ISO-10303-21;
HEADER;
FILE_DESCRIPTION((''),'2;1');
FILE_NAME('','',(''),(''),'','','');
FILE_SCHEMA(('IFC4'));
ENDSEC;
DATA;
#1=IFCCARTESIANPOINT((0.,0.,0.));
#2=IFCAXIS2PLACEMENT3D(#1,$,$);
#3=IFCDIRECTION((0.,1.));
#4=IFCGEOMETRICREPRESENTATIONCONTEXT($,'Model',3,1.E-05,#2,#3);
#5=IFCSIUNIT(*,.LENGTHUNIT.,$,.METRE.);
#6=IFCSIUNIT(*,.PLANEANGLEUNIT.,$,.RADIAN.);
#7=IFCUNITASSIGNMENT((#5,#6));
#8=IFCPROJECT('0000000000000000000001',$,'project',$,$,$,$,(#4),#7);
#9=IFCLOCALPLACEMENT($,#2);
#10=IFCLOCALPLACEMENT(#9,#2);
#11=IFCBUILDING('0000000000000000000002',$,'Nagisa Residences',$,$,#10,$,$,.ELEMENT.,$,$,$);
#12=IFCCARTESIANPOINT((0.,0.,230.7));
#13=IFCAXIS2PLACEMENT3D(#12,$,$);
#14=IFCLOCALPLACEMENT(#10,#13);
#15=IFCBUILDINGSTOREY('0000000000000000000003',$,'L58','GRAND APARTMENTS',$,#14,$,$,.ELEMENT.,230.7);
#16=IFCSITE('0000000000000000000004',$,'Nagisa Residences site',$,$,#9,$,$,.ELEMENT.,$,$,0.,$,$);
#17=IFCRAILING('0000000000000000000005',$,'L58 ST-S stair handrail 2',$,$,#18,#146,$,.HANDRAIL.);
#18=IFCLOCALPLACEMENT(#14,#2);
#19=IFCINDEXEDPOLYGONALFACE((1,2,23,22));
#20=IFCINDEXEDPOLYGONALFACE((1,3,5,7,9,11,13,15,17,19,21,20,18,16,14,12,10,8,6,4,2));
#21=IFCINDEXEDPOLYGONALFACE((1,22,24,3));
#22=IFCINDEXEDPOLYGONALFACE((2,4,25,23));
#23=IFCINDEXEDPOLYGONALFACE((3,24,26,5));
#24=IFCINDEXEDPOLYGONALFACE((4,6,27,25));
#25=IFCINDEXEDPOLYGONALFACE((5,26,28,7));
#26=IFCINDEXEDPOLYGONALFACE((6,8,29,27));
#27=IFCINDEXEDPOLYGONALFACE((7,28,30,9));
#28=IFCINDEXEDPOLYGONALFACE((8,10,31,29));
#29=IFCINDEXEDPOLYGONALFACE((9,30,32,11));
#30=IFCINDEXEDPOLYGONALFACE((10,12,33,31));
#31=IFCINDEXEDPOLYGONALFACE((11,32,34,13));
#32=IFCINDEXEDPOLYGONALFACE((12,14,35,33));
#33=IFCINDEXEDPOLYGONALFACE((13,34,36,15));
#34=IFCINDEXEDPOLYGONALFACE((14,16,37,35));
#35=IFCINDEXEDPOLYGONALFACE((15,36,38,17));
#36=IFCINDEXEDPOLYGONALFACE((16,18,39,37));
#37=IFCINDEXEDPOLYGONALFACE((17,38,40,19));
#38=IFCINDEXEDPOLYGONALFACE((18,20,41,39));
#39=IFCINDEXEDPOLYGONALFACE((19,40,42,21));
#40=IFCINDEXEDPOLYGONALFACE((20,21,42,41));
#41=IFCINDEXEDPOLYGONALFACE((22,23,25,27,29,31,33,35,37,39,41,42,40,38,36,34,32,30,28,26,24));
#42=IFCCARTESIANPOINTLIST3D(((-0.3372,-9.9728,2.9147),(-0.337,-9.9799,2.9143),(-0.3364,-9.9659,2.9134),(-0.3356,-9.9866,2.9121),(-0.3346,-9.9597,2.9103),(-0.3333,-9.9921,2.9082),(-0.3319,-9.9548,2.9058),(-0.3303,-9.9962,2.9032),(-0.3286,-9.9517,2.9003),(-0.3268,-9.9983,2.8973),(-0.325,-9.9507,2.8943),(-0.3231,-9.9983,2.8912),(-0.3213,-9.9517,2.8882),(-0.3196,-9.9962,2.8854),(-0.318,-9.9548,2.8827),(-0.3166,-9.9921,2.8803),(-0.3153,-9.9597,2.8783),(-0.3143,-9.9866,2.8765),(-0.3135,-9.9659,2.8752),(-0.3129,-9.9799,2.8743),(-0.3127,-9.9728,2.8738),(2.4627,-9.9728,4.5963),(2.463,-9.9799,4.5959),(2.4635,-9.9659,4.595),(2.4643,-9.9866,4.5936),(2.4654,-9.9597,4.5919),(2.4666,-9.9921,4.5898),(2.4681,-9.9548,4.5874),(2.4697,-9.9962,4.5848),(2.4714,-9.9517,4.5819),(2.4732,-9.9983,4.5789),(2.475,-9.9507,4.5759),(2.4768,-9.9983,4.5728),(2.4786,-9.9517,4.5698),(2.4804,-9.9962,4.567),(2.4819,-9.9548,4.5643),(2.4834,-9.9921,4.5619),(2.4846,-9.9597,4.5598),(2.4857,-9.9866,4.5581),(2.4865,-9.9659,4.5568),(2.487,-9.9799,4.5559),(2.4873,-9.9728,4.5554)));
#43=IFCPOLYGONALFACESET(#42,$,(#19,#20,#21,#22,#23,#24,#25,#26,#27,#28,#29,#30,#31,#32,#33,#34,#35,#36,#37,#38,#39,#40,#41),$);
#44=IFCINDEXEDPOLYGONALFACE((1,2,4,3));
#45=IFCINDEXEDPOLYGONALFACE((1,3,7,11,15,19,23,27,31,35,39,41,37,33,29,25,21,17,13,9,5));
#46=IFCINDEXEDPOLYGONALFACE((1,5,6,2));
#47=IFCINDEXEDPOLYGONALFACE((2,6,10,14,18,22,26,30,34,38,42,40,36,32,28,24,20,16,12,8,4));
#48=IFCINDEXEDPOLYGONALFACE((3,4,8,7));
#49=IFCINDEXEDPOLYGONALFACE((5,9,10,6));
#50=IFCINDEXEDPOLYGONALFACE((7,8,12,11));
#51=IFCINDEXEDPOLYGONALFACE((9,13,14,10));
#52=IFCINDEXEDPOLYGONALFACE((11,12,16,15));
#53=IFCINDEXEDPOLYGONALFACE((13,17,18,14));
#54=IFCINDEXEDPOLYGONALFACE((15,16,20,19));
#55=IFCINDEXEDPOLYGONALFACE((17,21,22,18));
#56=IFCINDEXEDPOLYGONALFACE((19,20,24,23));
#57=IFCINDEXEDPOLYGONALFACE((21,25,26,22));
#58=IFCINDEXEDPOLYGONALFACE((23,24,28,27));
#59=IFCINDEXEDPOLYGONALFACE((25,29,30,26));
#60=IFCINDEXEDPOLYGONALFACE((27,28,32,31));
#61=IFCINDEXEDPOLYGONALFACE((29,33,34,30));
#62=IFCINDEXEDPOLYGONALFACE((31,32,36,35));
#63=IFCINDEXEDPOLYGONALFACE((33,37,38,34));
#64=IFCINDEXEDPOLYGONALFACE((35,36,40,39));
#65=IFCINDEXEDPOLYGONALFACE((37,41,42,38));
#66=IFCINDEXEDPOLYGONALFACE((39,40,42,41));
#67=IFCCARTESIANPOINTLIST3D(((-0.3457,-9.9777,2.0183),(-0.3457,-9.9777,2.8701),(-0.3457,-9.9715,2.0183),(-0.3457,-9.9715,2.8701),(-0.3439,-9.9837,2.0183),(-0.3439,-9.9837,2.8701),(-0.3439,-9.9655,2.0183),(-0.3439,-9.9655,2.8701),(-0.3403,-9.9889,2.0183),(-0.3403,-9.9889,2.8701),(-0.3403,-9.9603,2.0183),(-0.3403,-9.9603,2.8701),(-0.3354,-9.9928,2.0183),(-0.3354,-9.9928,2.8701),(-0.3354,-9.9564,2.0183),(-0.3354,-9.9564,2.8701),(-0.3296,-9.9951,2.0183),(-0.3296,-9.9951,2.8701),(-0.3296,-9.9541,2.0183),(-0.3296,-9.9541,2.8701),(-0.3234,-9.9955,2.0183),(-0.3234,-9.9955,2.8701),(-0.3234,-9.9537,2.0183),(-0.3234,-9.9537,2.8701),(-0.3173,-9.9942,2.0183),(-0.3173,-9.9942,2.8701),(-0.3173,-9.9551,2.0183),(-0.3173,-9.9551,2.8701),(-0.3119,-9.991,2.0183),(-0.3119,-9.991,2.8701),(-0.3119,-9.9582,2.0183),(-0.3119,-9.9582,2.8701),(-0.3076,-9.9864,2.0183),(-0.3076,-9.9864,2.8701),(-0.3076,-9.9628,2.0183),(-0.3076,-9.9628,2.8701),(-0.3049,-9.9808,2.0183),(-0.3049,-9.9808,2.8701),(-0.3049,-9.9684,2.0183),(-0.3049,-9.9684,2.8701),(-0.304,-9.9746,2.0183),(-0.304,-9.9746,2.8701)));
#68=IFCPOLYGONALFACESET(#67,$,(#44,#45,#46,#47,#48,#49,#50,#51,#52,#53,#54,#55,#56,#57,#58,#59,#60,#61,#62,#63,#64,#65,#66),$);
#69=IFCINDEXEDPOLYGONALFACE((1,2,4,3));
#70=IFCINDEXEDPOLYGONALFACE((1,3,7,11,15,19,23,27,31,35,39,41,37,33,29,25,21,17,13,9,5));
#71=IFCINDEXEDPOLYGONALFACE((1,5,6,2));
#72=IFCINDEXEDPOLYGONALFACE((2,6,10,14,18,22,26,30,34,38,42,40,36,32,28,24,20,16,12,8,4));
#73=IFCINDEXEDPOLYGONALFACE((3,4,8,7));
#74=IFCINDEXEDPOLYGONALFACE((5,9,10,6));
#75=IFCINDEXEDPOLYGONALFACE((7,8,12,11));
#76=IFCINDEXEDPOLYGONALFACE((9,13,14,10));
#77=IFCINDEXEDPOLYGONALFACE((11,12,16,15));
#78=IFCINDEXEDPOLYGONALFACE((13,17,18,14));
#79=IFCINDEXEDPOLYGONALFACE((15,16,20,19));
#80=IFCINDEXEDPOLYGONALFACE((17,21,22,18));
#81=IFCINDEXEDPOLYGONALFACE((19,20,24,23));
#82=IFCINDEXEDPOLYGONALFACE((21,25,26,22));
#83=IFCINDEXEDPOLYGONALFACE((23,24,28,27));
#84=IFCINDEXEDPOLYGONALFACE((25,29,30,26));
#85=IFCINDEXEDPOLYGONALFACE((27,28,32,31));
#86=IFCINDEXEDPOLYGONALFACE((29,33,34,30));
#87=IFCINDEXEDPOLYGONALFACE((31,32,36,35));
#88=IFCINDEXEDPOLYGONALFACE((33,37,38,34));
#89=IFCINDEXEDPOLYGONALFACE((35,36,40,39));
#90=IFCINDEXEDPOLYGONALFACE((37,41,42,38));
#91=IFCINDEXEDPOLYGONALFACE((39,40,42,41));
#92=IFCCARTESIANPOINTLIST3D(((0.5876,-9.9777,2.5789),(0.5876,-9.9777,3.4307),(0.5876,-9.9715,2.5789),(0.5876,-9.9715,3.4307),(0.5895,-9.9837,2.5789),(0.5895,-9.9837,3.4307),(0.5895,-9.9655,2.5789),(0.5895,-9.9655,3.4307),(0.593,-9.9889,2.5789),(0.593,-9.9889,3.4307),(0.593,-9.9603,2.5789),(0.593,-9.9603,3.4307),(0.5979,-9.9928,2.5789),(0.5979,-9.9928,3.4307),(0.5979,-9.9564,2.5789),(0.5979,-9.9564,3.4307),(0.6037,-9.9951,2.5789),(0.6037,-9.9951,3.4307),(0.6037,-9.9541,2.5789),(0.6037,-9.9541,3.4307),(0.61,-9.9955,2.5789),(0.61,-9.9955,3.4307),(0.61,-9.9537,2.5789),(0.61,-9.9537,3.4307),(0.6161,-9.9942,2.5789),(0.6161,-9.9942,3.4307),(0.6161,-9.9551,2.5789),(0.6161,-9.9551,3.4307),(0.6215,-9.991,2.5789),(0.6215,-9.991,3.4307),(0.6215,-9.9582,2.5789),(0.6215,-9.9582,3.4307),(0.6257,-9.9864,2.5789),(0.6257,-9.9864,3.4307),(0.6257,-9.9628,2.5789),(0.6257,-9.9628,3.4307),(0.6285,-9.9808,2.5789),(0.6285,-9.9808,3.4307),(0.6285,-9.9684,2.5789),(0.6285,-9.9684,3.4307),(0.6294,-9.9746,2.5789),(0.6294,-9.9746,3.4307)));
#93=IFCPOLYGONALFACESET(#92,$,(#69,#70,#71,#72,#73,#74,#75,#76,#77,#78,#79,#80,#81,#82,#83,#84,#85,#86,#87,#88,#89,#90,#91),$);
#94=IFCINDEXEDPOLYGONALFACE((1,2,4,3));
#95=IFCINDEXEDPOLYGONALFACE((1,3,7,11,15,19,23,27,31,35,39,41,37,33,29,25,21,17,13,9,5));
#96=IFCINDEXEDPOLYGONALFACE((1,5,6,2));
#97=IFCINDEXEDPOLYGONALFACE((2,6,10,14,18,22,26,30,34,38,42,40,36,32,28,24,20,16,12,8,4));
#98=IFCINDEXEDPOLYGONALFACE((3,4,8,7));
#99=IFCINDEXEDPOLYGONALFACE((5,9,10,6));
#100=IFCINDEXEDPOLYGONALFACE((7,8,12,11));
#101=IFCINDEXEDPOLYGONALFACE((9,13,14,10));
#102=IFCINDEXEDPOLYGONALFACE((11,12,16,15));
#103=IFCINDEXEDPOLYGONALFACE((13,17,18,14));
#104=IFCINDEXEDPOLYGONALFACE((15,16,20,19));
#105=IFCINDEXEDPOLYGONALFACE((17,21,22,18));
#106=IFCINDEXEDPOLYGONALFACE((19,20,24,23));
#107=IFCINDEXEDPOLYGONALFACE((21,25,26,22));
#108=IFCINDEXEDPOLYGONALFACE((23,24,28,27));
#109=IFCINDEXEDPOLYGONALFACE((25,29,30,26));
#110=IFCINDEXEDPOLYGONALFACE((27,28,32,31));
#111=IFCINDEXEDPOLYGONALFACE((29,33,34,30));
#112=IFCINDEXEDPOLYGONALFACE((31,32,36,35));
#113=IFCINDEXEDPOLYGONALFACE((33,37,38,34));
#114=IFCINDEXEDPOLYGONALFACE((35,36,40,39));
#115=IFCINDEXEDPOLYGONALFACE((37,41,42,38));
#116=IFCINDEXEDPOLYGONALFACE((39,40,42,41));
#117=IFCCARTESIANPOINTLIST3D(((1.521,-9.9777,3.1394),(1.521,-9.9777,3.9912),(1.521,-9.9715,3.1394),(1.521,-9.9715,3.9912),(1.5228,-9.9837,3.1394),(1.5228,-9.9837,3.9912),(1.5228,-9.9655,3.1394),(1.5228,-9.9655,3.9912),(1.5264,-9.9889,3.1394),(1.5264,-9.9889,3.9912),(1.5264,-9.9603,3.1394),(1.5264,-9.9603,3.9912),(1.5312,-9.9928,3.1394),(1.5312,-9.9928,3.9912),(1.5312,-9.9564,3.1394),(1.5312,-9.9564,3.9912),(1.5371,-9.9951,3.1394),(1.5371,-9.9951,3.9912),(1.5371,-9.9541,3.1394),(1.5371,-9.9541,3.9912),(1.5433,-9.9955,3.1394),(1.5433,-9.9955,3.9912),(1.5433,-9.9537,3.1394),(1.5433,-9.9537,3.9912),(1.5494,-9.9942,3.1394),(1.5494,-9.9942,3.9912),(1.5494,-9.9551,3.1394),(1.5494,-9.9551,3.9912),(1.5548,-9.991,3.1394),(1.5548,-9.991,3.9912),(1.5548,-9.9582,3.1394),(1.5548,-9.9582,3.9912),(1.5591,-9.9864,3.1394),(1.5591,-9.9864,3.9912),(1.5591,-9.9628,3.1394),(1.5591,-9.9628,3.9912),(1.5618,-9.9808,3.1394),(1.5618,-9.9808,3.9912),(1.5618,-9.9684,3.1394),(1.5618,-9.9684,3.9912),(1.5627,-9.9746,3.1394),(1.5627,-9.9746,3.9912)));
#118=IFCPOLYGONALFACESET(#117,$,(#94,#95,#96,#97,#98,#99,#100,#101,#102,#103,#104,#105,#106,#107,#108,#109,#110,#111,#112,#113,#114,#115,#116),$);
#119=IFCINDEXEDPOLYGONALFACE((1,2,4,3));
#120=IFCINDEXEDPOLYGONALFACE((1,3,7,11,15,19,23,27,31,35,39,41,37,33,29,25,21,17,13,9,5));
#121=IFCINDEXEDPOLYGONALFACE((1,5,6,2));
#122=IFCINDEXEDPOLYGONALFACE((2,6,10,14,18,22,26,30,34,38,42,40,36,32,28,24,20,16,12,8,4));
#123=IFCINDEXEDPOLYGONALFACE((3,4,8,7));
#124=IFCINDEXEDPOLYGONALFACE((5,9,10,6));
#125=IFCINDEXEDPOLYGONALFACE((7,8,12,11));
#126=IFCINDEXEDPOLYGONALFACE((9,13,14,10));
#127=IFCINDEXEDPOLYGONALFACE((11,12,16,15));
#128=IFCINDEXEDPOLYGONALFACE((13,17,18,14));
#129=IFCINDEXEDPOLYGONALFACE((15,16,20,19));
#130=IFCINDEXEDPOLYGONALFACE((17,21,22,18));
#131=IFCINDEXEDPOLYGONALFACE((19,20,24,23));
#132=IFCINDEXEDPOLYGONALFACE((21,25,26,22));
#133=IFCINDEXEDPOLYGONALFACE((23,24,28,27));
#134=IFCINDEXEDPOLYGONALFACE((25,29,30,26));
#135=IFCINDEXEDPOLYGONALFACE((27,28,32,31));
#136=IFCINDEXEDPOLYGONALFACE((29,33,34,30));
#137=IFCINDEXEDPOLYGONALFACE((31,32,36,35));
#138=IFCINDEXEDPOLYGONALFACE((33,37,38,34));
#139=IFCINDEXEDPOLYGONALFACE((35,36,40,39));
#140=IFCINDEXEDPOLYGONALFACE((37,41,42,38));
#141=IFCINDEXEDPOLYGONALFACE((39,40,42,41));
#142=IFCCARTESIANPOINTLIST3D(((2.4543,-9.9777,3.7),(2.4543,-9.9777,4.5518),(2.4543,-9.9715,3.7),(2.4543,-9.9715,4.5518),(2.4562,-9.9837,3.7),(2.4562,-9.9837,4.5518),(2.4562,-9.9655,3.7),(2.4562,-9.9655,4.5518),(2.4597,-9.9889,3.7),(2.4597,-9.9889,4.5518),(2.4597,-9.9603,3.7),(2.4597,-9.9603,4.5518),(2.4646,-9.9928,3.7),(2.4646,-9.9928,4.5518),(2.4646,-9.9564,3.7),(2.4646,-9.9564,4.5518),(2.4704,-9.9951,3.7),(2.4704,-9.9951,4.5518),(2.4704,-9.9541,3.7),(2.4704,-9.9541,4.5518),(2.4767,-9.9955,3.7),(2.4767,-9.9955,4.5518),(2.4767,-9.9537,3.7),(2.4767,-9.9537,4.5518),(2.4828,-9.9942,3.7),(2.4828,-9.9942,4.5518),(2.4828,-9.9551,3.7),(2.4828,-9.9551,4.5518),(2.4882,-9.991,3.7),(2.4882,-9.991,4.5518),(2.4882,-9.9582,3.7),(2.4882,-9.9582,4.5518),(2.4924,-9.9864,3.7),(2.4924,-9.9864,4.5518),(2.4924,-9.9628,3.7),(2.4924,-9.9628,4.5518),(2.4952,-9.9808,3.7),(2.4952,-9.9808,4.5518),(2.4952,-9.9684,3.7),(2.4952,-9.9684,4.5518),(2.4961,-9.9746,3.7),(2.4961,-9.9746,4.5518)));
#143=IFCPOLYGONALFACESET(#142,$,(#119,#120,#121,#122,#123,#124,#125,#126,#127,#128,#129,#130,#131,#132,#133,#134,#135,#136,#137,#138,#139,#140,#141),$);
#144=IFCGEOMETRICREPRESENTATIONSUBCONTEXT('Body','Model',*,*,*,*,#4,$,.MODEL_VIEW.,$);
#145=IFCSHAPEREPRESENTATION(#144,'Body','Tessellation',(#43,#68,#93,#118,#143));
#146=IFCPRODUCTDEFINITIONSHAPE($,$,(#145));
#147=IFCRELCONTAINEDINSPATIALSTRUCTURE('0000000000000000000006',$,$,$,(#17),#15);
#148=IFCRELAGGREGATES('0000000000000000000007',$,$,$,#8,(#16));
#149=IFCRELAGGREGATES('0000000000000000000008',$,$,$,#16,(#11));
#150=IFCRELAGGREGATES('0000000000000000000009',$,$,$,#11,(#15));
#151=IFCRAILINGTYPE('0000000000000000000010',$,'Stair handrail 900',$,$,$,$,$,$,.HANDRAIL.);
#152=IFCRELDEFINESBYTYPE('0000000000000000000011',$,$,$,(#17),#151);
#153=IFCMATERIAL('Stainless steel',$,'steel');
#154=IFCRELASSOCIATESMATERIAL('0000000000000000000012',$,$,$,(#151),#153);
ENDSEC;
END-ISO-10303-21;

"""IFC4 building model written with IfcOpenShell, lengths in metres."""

from ifc_helpers import new_model, si_unit, direction, frame, origin, origin_2d, place, context, subcontext, project, spatial, circle, extrude, material, type_object, element, save


model = new_model("IFC4")

# Units and contexts
model_context = context("Model", 3, precision=1e-05, world=origin(), true_north=direction((0.0, 1.0)))
body_context = subcontext(model_context, "Body", "Model", "MODEL_VIEW")
ifc_project = project(units=[si_unit("LENGTHUNIT", "METRE"), si_unit("PLANEANGLEUNIT", "RADIAN")], contexts=[model_context])

# Site, building, storey
site_placement = place(None, origin())
site = spatial("IfcSite", under=ifc_project, at=site_placement, Name="Nagisa Residences site", CompositionType="ELEMENT", RefElevation=0.0)
building_placement = place(site_placement, origin())
building = spatial("IfcBuilding", under=site, at=building_placement, Name="Nagisa Residences", CompositionType="ELEMENT")
storey_placement = place(building_placement, frame((0.0, 0.0, 230.7)))
storey = spatial("IfcBuildingStorey", under=building, at=storey_placement, Name="L58", Description="GRAND APARTMENTS", CompositionType="ELEMENT", Elevation=230.7)

# Railing
ifc_material_1 = material(Name="Stainless steel", Category="steel")
railing_type = type_object("IfcRailingType", Name="Stair handrail 900", PredefinedType="HANDRAIL", material=ifc_material_1)
railing_placement = place(storey_placement, frame((-0.325, -9.9746, 2.0183)))
element("IfcRailing", 1, at=railing_placement, inside=storey, type_object=railing_type, Name="L58 ST-S stair handrail 2", PredefinedType="HANDRAIL", context=body_context, shape_type="SweptSolid", body=[
    extrude(circle(Radius=0.0239, at=origin_2d()), frame((0.0, 0.0, 0.876), z_axis=(0.857275, 0.0, 0.514858), x_axis=(0.0, 1.0, 0.0)), (0.0, 0.0, 1.0), 3.2661),
    extrude(circle(Radius=0.021, at=origin_2d()), origin(), (0.0, 0.0, 1.0), 0.8518),
    extrude(circle(Radius=0.021, at=origin_2d()), frame((0.9333, 0.0, 0.5605)), (0.0, 0.0, 1.0), 0.8518),
    extrude(circle(Radius=0.021, at=origin_2d()), frame((1.8667, 0.0, 1.1211)), (0.0, 0.0, 1.0), 0.8518),
    extrude(circle(Radius=0.021, at=origin_2d()), frame((2.8, 0.0, 1.6816)), (0.0, 0.0, 1.0), 0.8518),
])

save(model, "model.ifc")
